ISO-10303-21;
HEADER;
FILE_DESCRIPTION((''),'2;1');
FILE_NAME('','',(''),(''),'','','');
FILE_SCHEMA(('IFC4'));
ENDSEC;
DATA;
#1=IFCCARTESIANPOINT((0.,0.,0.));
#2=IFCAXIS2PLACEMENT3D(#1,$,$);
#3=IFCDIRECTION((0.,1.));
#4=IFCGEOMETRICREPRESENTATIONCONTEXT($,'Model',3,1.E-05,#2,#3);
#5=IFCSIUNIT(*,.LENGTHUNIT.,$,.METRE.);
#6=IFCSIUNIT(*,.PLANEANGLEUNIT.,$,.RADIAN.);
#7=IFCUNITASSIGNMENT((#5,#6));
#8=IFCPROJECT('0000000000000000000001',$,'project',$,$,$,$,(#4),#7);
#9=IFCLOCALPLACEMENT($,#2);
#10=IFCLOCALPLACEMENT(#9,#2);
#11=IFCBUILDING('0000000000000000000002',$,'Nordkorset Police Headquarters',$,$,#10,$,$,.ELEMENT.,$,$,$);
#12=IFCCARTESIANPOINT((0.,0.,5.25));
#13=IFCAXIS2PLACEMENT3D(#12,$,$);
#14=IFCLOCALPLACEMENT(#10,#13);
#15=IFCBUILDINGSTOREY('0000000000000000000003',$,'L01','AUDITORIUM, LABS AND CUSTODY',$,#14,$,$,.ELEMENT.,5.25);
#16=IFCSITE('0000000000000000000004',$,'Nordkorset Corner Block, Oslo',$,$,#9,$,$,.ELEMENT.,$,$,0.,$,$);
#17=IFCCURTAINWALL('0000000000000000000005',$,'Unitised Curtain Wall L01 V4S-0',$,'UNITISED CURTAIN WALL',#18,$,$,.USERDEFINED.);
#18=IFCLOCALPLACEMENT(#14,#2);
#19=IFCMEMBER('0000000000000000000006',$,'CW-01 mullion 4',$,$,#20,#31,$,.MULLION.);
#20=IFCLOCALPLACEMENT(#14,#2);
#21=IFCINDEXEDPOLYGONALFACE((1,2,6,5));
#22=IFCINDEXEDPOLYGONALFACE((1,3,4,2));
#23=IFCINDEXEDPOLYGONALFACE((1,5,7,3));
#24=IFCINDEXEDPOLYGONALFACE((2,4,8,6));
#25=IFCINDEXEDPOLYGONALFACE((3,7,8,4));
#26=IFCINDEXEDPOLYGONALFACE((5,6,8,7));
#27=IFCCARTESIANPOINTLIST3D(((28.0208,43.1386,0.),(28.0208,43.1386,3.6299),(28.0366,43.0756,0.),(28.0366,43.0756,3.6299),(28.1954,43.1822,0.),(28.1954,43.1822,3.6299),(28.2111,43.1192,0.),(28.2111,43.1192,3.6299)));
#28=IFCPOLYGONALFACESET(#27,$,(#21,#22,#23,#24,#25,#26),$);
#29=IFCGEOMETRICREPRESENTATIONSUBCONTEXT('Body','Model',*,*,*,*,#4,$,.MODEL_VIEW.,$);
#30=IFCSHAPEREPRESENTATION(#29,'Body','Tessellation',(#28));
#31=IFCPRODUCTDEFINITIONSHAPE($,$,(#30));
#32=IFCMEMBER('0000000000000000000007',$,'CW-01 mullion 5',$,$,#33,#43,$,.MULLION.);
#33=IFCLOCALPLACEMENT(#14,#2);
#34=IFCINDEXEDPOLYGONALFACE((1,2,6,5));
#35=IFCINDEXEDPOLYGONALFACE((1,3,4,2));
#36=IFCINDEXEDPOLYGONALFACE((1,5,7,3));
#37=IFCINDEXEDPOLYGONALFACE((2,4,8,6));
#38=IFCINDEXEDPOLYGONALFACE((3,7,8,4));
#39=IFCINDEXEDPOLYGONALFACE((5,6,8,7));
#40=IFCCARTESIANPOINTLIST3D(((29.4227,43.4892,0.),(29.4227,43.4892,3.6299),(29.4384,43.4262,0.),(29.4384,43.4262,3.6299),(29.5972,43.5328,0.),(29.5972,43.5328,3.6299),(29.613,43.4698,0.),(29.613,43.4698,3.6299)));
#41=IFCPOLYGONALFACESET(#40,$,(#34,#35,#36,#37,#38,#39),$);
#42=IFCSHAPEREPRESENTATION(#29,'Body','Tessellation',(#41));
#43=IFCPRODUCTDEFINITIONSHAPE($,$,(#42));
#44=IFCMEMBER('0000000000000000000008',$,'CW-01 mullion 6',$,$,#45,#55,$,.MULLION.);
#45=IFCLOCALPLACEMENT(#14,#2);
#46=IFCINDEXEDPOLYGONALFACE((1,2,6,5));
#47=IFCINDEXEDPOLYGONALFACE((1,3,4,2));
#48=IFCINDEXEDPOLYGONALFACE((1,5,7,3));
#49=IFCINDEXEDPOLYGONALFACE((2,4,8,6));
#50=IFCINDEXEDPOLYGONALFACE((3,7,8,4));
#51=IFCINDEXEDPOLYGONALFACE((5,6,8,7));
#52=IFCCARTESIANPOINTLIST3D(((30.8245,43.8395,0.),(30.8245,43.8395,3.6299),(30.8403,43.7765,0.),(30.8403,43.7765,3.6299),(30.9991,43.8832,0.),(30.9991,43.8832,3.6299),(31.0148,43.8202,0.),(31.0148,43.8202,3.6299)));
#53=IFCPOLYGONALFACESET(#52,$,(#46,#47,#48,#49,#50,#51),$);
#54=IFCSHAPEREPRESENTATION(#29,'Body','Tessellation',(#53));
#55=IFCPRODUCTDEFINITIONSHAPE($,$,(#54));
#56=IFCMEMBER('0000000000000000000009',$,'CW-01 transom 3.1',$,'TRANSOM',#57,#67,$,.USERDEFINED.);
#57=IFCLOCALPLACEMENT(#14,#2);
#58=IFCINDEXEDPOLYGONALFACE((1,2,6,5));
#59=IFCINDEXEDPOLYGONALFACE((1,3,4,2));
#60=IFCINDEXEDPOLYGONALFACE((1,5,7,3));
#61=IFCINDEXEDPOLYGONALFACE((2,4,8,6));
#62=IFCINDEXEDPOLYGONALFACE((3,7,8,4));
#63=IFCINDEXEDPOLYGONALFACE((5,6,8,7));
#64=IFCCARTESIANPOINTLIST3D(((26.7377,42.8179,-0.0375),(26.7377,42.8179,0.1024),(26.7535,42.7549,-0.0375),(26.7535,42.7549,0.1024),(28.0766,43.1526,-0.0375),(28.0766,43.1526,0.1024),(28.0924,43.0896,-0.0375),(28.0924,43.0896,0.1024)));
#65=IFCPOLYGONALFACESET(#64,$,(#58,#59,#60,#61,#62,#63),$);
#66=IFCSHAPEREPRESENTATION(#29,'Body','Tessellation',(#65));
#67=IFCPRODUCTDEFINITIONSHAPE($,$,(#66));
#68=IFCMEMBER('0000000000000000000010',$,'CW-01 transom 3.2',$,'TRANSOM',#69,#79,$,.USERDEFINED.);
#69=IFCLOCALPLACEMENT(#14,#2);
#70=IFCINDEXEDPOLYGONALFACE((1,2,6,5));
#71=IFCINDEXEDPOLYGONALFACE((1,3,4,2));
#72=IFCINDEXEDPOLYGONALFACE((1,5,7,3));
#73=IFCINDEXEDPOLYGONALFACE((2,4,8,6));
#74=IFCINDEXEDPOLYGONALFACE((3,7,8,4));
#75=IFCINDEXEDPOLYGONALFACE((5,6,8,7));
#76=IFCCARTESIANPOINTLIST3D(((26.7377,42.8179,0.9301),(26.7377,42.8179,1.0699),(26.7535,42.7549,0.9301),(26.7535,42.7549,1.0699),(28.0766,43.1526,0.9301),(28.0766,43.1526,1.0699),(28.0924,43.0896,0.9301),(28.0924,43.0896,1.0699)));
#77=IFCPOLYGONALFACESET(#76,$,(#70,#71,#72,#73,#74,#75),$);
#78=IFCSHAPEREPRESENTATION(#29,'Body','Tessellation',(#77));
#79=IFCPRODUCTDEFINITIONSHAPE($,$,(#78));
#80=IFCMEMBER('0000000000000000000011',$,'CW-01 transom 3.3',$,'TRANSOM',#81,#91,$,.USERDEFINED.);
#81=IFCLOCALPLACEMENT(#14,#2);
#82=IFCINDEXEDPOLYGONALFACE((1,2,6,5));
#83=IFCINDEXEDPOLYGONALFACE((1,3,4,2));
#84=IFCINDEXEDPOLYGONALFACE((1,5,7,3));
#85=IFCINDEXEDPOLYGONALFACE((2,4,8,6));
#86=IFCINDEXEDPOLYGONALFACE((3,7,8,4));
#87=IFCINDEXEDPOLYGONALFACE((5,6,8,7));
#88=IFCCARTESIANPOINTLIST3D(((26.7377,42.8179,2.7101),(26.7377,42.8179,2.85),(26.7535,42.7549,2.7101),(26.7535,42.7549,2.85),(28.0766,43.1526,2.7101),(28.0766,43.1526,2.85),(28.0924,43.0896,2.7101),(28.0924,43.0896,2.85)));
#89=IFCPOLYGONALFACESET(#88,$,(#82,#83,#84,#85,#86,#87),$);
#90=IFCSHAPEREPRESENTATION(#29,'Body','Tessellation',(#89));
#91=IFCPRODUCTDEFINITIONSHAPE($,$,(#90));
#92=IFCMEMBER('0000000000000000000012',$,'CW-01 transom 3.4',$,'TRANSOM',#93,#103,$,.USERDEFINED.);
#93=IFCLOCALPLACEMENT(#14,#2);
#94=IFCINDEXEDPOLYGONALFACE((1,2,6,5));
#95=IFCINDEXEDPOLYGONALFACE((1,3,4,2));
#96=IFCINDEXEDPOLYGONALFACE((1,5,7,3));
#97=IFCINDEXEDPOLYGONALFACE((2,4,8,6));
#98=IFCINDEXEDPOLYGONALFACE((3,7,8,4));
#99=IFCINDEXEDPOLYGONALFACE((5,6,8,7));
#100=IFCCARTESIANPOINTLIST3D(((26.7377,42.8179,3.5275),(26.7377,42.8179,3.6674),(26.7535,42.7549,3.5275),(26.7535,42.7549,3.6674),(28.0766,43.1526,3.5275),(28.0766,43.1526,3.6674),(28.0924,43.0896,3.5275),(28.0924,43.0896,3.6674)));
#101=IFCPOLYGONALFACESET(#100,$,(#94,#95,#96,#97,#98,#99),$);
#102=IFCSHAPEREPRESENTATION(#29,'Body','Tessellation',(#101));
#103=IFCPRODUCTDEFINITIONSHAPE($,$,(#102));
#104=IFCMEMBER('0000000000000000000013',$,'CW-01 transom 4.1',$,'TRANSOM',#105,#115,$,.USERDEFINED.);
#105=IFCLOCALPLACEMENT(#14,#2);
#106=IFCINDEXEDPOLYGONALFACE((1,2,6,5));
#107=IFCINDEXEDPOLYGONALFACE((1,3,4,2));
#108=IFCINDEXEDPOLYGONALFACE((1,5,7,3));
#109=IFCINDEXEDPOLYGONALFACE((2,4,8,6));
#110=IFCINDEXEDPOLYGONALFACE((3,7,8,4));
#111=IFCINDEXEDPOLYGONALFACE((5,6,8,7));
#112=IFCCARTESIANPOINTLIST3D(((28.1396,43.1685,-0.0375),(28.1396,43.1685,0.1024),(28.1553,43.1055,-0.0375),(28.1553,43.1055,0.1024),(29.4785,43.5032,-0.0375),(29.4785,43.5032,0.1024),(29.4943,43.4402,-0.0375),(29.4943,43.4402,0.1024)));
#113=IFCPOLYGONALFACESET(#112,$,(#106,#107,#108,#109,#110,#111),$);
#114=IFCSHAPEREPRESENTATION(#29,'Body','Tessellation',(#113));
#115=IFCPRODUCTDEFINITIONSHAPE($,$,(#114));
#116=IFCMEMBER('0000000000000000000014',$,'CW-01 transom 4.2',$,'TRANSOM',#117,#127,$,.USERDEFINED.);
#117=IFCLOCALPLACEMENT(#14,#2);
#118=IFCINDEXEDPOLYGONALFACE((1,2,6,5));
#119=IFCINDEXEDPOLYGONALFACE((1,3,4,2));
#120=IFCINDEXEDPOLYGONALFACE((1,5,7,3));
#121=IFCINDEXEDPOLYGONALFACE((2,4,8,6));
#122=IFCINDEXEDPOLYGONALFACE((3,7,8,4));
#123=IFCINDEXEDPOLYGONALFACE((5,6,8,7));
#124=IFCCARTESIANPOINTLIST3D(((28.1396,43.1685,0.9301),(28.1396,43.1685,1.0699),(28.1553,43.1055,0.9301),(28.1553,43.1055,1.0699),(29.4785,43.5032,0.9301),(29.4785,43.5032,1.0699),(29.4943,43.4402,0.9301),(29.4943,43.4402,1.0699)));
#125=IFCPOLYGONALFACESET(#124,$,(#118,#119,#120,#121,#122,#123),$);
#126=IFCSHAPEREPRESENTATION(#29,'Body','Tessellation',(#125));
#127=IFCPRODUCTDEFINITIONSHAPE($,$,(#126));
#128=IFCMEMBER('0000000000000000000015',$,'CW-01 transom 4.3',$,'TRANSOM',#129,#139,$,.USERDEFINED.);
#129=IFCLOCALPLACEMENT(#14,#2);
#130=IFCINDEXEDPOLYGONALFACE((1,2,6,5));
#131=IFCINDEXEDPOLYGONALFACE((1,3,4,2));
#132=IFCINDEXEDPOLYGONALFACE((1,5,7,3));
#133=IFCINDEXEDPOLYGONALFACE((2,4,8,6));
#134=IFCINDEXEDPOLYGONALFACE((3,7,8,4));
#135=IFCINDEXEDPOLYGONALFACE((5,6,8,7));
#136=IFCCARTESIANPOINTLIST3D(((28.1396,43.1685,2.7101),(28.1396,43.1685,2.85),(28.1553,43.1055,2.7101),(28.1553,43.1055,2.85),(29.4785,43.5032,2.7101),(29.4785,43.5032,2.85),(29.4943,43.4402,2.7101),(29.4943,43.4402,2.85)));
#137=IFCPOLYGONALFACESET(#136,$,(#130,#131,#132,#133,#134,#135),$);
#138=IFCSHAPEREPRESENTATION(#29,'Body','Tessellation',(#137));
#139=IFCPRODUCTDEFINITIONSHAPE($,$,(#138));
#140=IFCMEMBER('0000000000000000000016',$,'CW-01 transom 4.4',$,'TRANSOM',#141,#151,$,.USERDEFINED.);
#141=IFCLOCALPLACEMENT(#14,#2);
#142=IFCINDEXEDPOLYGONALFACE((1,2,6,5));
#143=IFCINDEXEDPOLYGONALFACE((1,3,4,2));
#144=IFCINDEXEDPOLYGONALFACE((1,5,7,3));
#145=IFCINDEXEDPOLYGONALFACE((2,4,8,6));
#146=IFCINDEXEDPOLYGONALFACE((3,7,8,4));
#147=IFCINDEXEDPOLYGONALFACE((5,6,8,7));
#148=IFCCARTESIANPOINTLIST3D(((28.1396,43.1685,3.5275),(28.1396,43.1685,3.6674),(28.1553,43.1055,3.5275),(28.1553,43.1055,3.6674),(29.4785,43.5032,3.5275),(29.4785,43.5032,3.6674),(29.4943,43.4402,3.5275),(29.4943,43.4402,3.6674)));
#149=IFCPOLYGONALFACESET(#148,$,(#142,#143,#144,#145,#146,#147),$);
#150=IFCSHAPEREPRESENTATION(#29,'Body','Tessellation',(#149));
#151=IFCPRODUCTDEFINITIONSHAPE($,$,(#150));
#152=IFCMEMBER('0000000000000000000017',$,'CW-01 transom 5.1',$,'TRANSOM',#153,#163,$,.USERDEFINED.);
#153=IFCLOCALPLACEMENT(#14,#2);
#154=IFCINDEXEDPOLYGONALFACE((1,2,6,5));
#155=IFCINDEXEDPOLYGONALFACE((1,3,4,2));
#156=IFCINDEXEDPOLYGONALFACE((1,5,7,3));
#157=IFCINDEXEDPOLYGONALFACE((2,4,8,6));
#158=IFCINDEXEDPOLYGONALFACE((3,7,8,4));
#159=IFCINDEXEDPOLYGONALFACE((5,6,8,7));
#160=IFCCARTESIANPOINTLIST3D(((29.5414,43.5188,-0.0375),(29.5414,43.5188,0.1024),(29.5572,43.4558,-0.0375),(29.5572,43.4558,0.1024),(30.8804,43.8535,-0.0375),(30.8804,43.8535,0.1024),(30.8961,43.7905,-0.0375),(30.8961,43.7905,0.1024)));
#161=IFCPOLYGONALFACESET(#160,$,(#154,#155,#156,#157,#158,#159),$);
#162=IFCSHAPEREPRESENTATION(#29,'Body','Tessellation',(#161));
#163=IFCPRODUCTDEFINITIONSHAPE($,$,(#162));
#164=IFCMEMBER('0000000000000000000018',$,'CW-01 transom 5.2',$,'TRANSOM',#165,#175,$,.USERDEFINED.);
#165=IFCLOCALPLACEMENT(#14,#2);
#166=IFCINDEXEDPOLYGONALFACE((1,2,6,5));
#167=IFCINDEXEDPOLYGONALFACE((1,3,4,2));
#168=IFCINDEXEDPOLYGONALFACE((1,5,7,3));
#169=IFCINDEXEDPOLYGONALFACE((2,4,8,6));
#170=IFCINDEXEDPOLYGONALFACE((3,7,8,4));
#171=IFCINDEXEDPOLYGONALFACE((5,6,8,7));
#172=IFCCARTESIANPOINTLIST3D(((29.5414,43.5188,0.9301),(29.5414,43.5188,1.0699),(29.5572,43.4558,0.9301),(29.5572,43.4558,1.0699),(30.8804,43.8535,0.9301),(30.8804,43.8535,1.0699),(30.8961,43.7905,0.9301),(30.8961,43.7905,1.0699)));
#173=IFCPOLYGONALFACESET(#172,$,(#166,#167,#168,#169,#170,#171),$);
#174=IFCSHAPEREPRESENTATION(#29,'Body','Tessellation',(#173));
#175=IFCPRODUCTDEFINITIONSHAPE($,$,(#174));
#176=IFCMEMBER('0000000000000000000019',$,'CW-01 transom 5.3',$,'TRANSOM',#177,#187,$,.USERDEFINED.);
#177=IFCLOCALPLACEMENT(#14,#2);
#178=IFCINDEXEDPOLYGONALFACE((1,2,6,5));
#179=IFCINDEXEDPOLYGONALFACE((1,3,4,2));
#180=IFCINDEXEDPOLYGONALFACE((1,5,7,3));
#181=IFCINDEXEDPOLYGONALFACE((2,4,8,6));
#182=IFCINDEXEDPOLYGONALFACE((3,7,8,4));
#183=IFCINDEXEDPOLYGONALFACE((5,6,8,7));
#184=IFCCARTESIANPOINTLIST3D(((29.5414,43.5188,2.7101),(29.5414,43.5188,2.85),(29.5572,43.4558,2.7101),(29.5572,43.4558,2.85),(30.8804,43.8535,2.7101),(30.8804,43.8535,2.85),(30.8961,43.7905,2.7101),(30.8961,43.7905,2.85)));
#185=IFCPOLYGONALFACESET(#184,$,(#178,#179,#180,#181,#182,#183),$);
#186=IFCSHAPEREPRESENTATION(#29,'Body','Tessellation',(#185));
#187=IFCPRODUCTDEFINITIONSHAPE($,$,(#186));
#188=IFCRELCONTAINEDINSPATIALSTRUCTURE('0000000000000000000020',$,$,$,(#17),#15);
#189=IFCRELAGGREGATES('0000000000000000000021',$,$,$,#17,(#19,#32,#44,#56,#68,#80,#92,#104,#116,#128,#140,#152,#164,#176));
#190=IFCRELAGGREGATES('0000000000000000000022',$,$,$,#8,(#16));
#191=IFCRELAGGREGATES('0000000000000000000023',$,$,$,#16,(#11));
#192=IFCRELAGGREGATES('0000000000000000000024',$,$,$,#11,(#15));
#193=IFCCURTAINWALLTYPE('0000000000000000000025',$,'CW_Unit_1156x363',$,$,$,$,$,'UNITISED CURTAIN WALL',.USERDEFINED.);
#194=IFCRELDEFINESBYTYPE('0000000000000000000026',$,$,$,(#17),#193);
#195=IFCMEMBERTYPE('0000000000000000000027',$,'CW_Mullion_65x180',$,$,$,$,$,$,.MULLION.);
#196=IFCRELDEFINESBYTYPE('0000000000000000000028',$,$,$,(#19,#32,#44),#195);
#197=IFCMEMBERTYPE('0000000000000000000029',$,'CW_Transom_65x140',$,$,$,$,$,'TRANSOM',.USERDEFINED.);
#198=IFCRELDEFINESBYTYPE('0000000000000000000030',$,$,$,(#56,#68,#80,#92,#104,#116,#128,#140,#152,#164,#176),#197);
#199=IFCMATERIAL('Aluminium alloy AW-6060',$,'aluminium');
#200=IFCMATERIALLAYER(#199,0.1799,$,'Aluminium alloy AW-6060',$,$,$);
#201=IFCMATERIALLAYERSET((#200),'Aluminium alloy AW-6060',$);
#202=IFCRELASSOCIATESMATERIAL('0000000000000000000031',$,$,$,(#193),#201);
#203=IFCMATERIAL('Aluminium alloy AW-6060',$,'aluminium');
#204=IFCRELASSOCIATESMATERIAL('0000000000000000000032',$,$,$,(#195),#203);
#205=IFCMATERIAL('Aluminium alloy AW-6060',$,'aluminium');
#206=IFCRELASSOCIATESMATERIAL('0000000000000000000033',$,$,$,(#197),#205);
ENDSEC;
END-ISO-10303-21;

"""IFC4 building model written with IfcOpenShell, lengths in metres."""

from ifc_helpers import new_model, si_unit, direction, frame, origin, origin_2d, place, context, subcontext, project, spatial, rectangle, extrude, material, layer, layer_set, material_profile, profile_set, type_object, element, aggregate, save


model = new_model("IFC4")

# Units and contexts
model_context = context("Model", 3, precision=1e-05, world=origin(), true_north=direction((0.0, 1.0)))
body_context = subcontext(model_context, "Body", "Model", "MODEL_VIEW")
ifc_project = project(units=[si_unit("LENGTHUNIT", "METRE"), si_unit("PLANEANGLEUNIT", "RADIAN")], contexts=[model_context])

# Site, building, storey
site_placement = place(None, origin())
site = spatial("IfcSite", under=ifc_project, at=site_placement, Name="Nordkorset Corner Block, Oslo", CompositionType="ELEMENT", RefElevation=0.0)
building_placement = place(site_placement, origin())
building = spatial("IfcBuilding", under=site, at=building_placement, Name="Nordkorset Police Headquarters", CompositionType="ELEMENT")
storey_placement = place(building_placement, frame((0.0, 0.0, 5.25)))
storey = spatial("IfcBuildingStorey", under=building, at=storey_placement, Name="L01", Description="AUDITORIUM, LABS AND CUSTODY", CompositionType="ELEMENT", Elevation=5.25)

# Curtain wall, members
ifc_material_1 = material(Name="Aluminium alloy AW-6060", Category="aluminium")
ifc_layer_1 = layer(ifc_material_1, 0.1799, Name="Aluminium alloy AW-6060")
ifc_layer_set_1 = layer_set([ifc_layer_1], Name="Aluminium alloy AW-6060")
curtain_wall_type = type_object("IfcCurtainWallType", Name="CW_Unit_1156x363", ElementType="UNITISED CURTAIN WALL", PredefinedType="USERDEFINED", material=ifc_layer_set_1)
curtain_wall_placement = place(storey_placement, origin())
curtain_wall = element("IfcCurtainWall", 1, at=curtain_wall_placement, inside=storey, type_object=curtain_wall_type, Name="Unitised Curtain Wall L01 V4S-0", ObjectType="UNITISED CURTAIN WALL", PredefinedType="USERDEFINED")
ifc_material_2 = material(Name="Aluminium alloy AW-6060", Category="aluminium")
ifc_material_profile_1 = material_profile(ifc_material_2, rectangle(XDim=0.0649, YDim=0.1799, at=origin_2d()), Name="ALU MULL 65x180")
ifc_profile_set_1 = profile_set([ifc_material_profile_1], Name="Aluminium alloy AW-6060")
member_type_1 = type_object("IfcMemberType", Name="CW_Mullion_65x180", PredefinedType="MULLION", material=ifc_profile_set_1)
member_1_placement = place(storey_placement, frame((28.116, 43.1289, 0.0), z_axis=(0.0, 0.0, 1.0), x_axis=(-0.242536, 0.970143, 0.0)))
member_1 = element("IfcMember", 2, at=member_1_placement, type_object=member_type_1, Name="CW-01 mullion 4", PredefinedType="MULLION", context=body_context, shape_type="SweptSolid", body=[
    extrude(rectangle(XDim=0.0649, YDim=0.1799, at=origin_2d()), origin(), (0.0, 0.0, 1.0), 3.6299),
])
member_2_placement = place(storey_placement, frame((29.5178, 43.4795, 0.0), z_axis=(0.0, 0.0, 1.0), x_axis=(-0.242536, 0.970143, 0.0)))
member_2 = element("IfcMember", 3, at=member_2_placement, type_object=member_type_1, Name="CW-01 mullion 5", PredefinedType="MULLION", context=body_context, shape_type="SweptSolid", body=[
    extrude(rectangle(XDim=0.0649, YDim=0.1799, at=origin_2d()), origin(), (0.0, 0.0, 1.0), 3.6299),
])
member_3_placement = place(storey_placement, frame((30.9197, 43.8298, 0.0), z_axis=(0.0, 0.0, 1.0), x_axis=(-0.242536, 0.970143, 0.0)))
member_3 = element("IfcMember", 4, at=member_3_placement, type_object=member_type_1, Name="CW-01 mullion 6", PredefinedType="MULLION", context=body_context, shape_type="SweptSolid", body=[
    extrude(rectangle(XDim=0.0649, YDim=0.1799, at=origin_2d()), origin(), (0.0, 0.0, 1.0), 3.6299),
])
ifc_material_3 = material(Name="Aluminium alloy AW-6060", Category="aluminium")
ifc_material_profile_2 = material_profile(ifc_material_3, rectangle(XDim=0.0649, YDim=0.1399, at=origin_2d()), Name="ALU TRAN 65x140")
ifc_profile_set_2 = profile_set([ifc_material_profile_2], Name="Aluminium alloy AW-6060")
member_type_2 = type_object("IfcMemberType", Name="CW_Transom_65x140", ElementType="TRANSOM", PredefinedType="USERDEFINED", material=ifc_profile_set_2)
member_4_placement = place(storey_placement, frame((26.7456, 42.7864, 0.0325), z_axis=(0.970143, 0.242536, 0.0), x_axis=(-0.242536, 0.970143, 0.0)))
member_4 = element("IfcMember", 5, at=member_4_placement, type_object=member_type_2, Name="CW-01 transom 3.1", ObjectType="TRANSOM", PredefinedType="USERDEFINED", context=body_context, shape_type="SweptSolid", body=[
    extrude(rectangle(XDim=0.0649, YDim=0.1399, at=origin_2d()), origin(), (0.0, 0.0, 1.0), 1.3801),
])
member_5_placement = place(storey_placement, frame((26.7456, 42.7864, 1.0), z_axis=(0.970143, 0.242536, 0.0), x_axis=(-0.242536, 0.970143, 0.0)))
member_5 = element("IfcMember", 6, at=member_5_placement, type_object=member_type_2, Name="CW-01 transom 3.2", ObjectType="TRANSOM", PredefinedType="USERDEFINED", context=body_context, shape_type="SweptSolid", body=[
    extrude(rectangle(XDim=0.0649, YDim=0.1399, at=origin_2d()), origin(), (0.0, 0.0, 1.0), 1.3801),
])
member_6_placement = place(storey_placement, frame((26.7456, 42.7864, 2.78), z_axis=(0.970143, 0.242536, 0.0), x_axis=(-0.242536, 0.970143, 0.0)))
member_6 = element("IfcMember", 7, at=member_6_placement, type_object=member_type_2, Name="CW-01 transom 3.3", ObjectType="TRANSOM", PredefinedType="USERDEFINED", context=body_context, shape_type="SweptSolid", body=[
    extrude(rectangle(XDim=0.0649, YDim=0.1399, at=origin_2d()), origin(), (0.0, 0.0, 1.0), 1.3801),
])
member_7_placement = place(storey_placement, frame((26.7456, 42.7864, 3.5974), z_axis=(0.970143, 0.242536, 0.0), x_axis=(-0.242536, 0.970143, 0.0)))
member_7 = element("IfcMember", 8, at=member_7_placement, type_object=member_type_2, Name="CW-01 transom 3.4", ObjectType="TRANSOM", PredefinedType="USERDEFINED", context=body_context, shape_type="SweptSolid", body=[
    extrude(rectangle(XDim=0.0649, YDim=0.1399, at=origin_2d()), origin(), (0.0, 0.0, 1.0), 1.3801),
])
member_8_placement = place(storey_placement, frame((28.1475, 43.137, 0.0325), z_axis=(0.970143, 0.242536, 0.0), x_axis=(-0.242536, 0.970143, 0.0)))
member_8 = element("IfcMember", 9, at=member_8_placement, type_object=member_type_2, Name="CW-01 transom 4.1", ObjectType="TRANSOM", PredefinedType="USERDEFINED", context=body_context, shape_type="SweptSolid", body=[
    extrude(rectangle(XDim=0.0649, YDim=0.1399, at=origin_2d()), origin(), (0.0, 0.0, 1.0), 1.3801),
])
member_9_placement = place(storey_placement, frame((28.1475, 43.137, 1.0), z_axis=(0.970143, 0.242536, 0.0), x_axis=(-0.242536, 0.970143, 0.0)))
member_9 = element("IfcMember", 10, at=member_9_placement, type_object=member_type_2, Name="CW-01 transom 4.2", ObjectType="TRANSOM", PredefinedType="USERDEFINED", context=body_context, shape_type="SweptSolid", body=[
    extrude(rectangle(XDim=0.0649, YDim=0.1399, at=origin_2d()), origin(), (0.0, 0.0, 1.0), 1.3801),
])
member_10_placement = place(storey_placement, frame((28.1475, 43.137, 2.78), z_axis=(0.970143, 0.242536, 0.0), x_axis=(-0.242536, 0.970143, 0.0)))
member_10 = element("IfcMember", 11, at=member_10_placement, type_object=member_type_2, Name="CW-01 transom 4.3", ObjectType="TRANSOM", PredefinedType="USERDEFINED", context=body_context, shape_type="SweptSolid", body=[
    extrude(rectangle(XDim=0.0649, YDim=0.1399, at=origin_2d()), origin(), (0.0, 0.0, 1.0), 1.3801),
])
member_11_placement = place(storey_placement, frame((28.1475, 43.137, 3.5974), z_axis=(0.970143, 0.242536, 0.0), x_axis=(-0.242536, 0.970143, 0.0)))
member_11 = element("IfcMember", 12, at=member_11_placement, type_object=member_type_2, Name="CW-01 transom 4.4", ObjectType="TRANSOM", PredefinedType="USERDEFINED", context=body_context, shape_type="SweptSolid", body=[
    extrude(rectangle(XDim=0.0649, YDim=0.1399, at=origin_2d()), origin(), (0.0, 0.0, 1.0), 1.3801),
])
member_12_placement = place(storey_placement, frame((29.5493, 43.4873, 0.0325), z_axis=(0.970143, 0.242536, 0.0), x_axis=(-0.242536, 0.970143, 0.0)))
member_12 = element("IfcMember", 13, at=member_12_placement, type_object=member_type_2, Name="CW-01 transom 5.1", ObjectType="TRANSOM", PredefinedType="USERDEFINED", context=body_context, shape_type="SweptSolid", body=[
    extrude(rectangle(XDim=0.0649, YDim=0.1399, at=origin_2d()), origin(), (0.0, 0.0, 1.0), 1.3801),
])
member_13_placement = place(storey_placement, frame((29.5493, 43.4873, 1.0), z_axis=(0.970143, 0.242536, 0.0), x_axis=(-0.242536, 0.970143, 0.0)))
member_13 = element("IfcMember", 14, at=member_13_placement, type_object=member_type_2, Name="CW-01 transom 5.2", ObjectType="TRANSOM", PredefinedType="USERDEFINED", context=body_context, shape_type="SweptSolid", body=[
    extrude(rectangle(XDim=0.0649, YDim=0.1399, at=origin_2d()), origin(), (0.0, 0.0, 1.0), 1.3801),
])
member_14_placement = place(storey_placement, frame((29.5493, 43.4873, 2.78), z_axis=(0.970143, 0.242536, 0.0), x_axis=(-0.242536, 0.970143, 0.0)))
member_14 = element("IfcMember", 15, at=member_14_placement, type_object=member_type_2, Name="CW-01 transom 5.3", ObjectType="TRANSOM", PredefinedType="USERDEFINED", context=body_context, shape_type="SweptSolid", body=[
    extrude(rectangle(XDim=0.0649, YDim=0.1399, at=origin_2d()), origin(), (0.0, 0.0, 1.0), 1.3801),
])
aggregate(curtain_wall, [member_1, member_2, member_3, member_4, member_5, member_6, member_7, member_8, member_9, member_10, member_11, member_12, member_13, member_14])

save(model, "model.ifc")
